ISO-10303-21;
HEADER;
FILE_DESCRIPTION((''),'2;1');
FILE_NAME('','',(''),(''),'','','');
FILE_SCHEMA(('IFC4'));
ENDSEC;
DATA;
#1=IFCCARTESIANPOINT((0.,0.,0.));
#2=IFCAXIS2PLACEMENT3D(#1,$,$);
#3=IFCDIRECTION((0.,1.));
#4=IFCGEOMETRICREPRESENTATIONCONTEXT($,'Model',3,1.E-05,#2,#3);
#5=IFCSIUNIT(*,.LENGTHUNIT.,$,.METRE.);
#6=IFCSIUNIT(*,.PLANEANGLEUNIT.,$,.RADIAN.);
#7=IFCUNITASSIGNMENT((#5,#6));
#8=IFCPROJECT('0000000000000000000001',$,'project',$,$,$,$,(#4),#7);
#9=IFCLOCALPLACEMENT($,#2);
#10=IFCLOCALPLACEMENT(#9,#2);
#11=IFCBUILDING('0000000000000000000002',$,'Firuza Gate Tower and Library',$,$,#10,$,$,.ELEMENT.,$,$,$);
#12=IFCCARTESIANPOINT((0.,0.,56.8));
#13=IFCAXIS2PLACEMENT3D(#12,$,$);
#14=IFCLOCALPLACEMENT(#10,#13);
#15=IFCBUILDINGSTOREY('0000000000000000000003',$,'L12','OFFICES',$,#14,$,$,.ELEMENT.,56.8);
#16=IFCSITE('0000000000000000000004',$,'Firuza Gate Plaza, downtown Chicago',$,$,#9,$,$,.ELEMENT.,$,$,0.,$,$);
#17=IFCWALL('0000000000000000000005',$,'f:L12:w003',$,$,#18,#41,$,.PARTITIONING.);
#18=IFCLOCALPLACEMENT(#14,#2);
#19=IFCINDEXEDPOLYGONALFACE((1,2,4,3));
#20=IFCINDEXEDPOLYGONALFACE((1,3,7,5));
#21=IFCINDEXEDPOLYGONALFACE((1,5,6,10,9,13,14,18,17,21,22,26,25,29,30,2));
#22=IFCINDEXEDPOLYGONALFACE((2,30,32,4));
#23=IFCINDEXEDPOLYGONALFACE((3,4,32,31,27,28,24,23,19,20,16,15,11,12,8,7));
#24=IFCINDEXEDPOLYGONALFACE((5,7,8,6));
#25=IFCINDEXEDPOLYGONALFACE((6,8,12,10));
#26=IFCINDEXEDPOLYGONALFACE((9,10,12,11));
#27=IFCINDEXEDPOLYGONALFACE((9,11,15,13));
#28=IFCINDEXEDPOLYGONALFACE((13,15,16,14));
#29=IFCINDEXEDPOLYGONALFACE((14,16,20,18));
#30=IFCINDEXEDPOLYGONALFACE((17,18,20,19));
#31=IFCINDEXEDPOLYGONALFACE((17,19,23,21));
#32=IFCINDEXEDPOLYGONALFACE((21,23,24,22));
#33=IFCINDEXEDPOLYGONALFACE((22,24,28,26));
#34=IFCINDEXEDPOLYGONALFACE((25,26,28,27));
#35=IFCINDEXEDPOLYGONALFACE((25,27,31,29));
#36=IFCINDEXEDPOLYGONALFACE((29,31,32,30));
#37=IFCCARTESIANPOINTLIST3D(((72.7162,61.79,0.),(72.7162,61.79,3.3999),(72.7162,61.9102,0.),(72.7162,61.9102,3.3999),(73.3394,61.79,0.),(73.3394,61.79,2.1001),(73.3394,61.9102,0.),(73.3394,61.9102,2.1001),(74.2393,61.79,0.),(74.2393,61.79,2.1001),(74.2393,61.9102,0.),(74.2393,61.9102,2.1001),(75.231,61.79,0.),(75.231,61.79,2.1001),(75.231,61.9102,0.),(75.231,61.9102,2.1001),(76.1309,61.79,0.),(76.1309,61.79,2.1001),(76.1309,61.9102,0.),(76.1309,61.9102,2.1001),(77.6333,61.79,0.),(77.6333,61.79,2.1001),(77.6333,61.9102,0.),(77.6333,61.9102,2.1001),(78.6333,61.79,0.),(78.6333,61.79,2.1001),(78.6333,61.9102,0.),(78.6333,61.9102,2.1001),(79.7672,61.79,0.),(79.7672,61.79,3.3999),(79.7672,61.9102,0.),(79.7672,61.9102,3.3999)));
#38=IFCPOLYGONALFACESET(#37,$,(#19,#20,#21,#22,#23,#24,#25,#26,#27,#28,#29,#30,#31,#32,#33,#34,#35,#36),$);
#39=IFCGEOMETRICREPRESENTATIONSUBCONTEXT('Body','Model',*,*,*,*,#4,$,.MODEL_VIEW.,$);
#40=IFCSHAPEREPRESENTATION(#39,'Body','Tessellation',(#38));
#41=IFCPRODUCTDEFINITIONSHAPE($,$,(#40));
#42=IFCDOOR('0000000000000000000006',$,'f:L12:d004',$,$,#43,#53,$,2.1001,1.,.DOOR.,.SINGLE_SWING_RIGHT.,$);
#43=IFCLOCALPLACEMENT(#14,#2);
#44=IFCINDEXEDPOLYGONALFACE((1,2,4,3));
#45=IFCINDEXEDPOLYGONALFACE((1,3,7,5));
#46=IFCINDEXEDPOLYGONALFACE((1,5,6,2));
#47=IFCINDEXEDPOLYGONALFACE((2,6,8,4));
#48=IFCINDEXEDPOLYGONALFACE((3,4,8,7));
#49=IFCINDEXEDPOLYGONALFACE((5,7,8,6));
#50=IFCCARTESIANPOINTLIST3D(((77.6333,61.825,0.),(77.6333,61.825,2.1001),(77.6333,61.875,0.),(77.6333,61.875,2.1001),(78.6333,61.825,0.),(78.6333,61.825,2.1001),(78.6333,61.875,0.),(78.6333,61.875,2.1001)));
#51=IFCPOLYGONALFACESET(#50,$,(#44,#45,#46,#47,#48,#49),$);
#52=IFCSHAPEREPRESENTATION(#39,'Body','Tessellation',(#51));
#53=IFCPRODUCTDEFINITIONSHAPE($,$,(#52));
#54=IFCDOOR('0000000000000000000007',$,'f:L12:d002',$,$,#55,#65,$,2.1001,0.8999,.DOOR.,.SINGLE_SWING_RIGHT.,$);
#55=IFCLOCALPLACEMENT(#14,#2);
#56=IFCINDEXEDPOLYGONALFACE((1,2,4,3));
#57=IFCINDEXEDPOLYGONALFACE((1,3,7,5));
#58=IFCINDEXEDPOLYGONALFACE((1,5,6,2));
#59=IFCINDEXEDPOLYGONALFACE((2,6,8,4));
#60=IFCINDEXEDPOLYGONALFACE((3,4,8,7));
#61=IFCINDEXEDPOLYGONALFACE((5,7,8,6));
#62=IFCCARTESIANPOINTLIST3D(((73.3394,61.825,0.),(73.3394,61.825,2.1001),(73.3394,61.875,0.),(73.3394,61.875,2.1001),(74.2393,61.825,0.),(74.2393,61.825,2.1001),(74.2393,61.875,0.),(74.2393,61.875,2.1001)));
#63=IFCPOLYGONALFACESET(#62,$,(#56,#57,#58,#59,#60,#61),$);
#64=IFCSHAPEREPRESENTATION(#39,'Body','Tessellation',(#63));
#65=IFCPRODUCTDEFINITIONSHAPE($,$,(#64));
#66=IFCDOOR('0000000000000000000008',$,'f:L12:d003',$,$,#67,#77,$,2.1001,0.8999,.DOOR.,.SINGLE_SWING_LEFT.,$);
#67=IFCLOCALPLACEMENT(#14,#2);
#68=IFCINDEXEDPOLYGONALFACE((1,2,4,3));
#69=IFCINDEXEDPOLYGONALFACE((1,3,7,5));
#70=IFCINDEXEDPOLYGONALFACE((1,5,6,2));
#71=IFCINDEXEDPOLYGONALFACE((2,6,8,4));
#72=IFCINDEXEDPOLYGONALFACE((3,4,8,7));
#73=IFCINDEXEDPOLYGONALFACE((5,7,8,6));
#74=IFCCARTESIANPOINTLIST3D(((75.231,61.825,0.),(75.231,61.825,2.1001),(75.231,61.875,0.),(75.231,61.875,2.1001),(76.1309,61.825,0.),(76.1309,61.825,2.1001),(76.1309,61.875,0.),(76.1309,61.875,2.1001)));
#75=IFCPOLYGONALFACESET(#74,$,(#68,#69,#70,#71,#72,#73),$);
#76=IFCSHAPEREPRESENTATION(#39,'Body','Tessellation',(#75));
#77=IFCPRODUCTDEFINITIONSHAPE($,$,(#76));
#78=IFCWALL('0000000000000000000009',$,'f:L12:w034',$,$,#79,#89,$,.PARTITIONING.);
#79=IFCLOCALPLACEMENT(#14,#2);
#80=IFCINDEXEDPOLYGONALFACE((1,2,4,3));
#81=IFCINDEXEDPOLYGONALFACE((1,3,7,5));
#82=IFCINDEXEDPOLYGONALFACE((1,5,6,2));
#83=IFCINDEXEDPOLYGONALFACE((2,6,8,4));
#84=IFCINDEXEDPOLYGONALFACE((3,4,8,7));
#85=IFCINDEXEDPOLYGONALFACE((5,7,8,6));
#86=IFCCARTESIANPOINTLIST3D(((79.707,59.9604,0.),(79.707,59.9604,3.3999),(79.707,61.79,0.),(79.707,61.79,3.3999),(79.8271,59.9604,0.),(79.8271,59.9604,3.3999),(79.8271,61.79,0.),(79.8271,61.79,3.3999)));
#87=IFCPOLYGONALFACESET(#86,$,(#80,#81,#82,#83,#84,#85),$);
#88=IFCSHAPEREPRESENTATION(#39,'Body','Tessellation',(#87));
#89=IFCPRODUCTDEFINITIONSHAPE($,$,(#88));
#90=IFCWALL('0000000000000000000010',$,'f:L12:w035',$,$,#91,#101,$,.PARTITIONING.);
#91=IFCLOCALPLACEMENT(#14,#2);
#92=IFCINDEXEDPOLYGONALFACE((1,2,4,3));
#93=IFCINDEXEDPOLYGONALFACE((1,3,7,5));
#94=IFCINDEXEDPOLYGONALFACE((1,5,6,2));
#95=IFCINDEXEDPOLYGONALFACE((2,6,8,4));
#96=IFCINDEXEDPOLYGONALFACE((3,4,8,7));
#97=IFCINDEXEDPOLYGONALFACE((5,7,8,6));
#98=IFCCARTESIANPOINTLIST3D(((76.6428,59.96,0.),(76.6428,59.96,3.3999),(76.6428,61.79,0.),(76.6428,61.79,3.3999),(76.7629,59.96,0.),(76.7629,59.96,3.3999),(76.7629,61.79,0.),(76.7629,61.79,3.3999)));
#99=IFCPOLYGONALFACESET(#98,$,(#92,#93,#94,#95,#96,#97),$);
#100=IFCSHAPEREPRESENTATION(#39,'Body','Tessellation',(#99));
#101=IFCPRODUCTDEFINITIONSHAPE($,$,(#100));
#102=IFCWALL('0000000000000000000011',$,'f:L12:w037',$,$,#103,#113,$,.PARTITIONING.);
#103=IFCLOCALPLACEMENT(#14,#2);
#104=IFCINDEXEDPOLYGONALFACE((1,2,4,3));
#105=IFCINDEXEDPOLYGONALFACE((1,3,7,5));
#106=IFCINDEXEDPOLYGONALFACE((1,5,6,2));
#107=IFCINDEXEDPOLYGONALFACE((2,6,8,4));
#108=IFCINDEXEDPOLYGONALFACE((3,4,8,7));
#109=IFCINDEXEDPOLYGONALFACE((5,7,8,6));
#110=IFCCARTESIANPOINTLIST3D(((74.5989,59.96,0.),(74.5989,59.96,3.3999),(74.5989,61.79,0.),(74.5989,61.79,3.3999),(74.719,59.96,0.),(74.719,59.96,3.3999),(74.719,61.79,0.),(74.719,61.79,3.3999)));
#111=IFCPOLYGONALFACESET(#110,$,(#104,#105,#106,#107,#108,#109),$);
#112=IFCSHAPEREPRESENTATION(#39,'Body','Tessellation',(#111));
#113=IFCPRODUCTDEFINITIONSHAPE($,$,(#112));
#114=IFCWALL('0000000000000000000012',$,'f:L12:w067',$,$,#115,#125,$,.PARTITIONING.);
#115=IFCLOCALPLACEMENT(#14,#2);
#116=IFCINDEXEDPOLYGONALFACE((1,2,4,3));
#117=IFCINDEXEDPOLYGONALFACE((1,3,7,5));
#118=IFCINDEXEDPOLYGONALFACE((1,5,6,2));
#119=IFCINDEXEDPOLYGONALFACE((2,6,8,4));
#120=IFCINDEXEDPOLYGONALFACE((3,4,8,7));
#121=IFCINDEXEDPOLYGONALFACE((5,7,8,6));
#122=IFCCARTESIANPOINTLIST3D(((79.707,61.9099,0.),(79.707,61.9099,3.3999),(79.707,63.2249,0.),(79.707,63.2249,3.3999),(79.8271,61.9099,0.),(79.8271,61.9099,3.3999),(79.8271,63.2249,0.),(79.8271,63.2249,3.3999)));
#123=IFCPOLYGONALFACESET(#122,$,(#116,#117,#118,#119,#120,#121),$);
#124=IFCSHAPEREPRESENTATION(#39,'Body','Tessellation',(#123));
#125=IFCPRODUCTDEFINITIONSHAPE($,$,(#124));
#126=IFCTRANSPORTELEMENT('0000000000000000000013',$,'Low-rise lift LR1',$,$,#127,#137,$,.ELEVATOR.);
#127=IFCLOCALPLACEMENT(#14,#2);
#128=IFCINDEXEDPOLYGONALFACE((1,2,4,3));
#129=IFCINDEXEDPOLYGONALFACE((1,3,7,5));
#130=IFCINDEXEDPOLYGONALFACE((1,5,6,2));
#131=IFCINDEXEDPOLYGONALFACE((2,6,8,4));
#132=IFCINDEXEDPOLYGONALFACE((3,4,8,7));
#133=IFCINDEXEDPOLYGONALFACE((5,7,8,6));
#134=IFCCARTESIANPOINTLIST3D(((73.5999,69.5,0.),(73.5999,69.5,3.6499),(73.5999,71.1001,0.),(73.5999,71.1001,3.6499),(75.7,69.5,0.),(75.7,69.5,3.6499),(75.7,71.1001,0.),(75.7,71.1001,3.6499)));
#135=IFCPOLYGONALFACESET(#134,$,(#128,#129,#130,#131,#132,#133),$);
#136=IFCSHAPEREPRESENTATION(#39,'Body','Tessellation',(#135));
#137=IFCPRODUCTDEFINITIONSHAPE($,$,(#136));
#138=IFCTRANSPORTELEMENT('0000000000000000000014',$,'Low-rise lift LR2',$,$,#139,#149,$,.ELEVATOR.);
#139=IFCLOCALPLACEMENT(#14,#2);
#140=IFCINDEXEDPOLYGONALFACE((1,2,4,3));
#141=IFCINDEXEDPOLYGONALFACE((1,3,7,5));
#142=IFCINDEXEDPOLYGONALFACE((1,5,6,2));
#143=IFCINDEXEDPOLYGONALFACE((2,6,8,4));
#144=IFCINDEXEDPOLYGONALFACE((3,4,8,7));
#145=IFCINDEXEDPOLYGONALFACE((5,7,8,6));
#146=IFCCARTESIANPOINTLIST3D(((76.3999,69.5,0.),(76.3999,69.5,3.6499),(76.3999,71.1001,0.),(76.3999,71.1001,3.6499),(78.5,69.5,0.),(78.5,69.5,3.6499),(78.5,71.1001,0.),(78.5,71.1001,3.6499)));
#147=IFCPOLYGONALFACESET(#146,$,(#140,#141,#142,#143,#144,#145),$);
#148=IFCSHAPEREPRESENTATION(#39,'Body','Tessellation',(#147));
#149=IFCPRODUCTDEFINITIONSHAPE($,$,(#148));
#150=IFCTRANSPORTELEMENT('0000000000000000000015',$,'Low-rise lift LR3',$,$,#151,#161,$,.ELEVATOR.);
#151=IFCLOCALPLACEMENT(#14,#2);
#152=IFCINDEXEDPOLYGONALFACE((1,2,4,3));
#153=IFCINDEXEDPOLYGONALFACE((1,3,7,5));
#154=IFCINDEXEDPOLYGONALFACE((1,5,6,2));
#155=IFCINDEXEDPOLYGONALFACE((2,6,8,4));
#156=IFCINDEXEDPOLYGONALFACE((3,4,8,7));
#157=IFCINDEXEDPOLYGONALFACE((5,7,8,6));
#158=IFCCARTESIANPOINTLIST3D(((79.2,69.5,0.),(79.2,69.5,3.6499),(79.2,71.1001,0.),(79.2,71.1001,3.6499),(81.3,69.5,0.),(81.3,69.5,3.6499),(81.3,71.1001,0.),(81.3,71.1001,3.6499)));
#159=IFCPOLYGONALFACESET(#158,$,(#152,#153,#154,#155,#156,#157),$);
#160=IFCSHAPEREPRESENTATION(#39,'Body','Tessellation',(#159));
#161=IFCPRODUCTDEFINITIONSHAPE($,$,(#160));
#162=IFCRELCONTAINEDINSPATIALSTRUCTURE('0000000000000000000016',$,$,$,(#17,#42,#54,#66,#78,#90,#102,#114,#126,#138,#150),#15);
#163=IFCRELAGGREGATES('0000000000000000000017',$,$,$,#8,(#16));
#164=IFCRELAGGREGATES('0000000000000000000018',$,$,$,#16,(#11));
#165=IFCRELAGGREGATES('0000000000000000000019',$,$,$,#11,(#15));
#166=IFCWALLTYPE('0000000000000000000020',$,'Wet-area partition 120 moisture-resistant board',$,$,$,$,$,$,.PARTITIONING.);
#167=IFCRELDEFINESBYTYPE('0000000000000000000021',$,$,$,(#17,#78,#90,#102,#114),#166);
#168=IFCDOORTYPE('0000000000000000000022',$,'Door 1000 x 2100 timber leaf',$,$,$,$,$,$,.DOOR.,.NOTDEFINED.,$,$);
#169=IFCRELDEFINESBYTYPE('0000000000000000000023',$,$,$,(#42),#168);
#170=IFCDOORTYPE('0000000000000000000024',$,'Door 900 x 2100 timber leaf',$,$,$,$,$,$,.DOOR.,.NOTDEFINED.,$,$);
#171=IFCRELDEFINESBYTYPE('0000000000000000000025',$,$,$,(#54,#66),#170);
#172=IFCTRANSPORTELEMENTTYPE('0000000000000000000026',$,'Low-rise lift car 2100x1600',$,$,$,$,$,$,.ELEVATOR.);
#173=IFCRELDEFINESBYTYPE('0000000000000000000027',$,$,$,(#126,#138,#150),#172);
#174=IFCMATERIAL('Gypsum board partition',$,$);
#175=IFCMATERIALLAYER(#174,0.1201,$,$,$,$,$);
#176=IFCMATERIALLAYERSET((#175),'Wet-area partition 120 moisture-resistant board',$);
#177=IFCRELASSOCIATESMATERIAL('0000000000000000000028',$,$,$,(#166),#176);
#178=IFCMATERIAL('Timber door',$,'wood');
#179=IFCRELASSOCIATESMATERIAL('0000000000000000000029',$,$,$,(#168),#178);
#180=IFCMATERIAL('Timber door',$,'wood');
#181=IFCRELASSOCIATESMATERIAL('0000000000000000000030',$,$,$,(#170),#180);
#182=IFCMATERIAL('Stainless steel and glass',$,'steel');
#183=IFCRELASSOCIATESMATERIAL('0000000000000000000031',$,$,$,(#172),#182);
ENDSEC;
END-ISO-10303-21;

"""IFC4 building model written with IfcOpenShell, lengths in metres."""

from ifc_helpers import new_model, si_unit, direction, frame, frame_2d, origin, origin_2d, place, context, subcontext, project, spatial, rectangle, extrude, material, layer, layer_set, type_object, element, fill, save


model = new_model("IFC4")

# Units and contexts
model_context = context("Model", 3, precision=1e-05, world=origin(), true_north=direction((0.0, 1.0)))
body_context = subcontext(model_context, "Body", "Model", "MODEL_VIEW")
ifc_project = project(units=[si_unit("LENGTHUNIT", "METRE"), si_unit("PLANEANGLEUNIT", "RADIAN")], contexts=[model_context])

# Site, building, storey
site_placement = place(None, origin())
site = spatial("IfcSite", under=ifc_project, at=site_placement, Name="Firuza Gate Plaza, downtown Chicago", CompositionType="ELEMENT", RefElevation=0.0)
building_placement = place(site_placement, origin())
building = spatial("IfcBuilding", under=site, at=building_placement, Name="Firuza Gate Tower and Library", CompositionType="ELEMENT")
storey_placement = place(building_placement, frame((0.0, 0.0, 56.8)))
storey = spatial("IfcBuildingStorey", under=building, at=storey_placement, Name="L12", Description="OFFICES", CompositionType="ELEMENT", Elevation=56.8)

# Shared definitions
ifc_material_1 = material(Name="Gypsum board partition")
ifc_layer_1 = layer(ifc_material_1, 0.1201)
ifc_layer_set_1 = layer_set([ifc_layer_1], Name="Wet-area partition 120 moisture-resistant board")
wall_type_1 = type_object("IfcWallType", Name="Wet-area partition 120 moisture-resistant board", PredefinedType="PARTITIONING", material=ifc_layer_set_1)

# Wall, openings, doors
wall_1_placement = place(storey_placement, frame((72.7163, 61.8501, 0.0), z_axis=(0.0, 0.0, 1.0), x_axis=(1.0, 0.0, 0.0)))
wall_1 = element("IfcWall", 1, at=wall_1_placement, inside=storey, type_object=wall_type_1, Name="f:L12:w003", PredefinedType="PARTITIONING", context=body_context, shape_type="SweptSolid", body=[
    extrude(rectangle(XDim=7.051, YDim=0.1201, at=frame_2d((3.5254, 0.0))), origin(), (0.0, 0.0, 1.0), 3.3999),
])
opening_1_placement = place(wall_1_placement, frame((0.623, 0.0, 0.0)))
opening_1 = element("IfcOpeningElement", 2, at=opening_1_placement, cuts=wall_1, PredefinedType="OPENING", context=body_context, shape_type="SweptSolid", body=[
    extrude(rectangle(XDim=0.8999, YDim=2.1001, at=frame_2d((0.45, 1.05))), frame((0.0, 0.0701, 0.0), z_axis=(0.0, -1.0, 0.0), x_axis=(1.0, 0.0, 0.0)), (0.0, 0.0, 1.0), 0.1401),
])
opening_2_placement = place(wall_1_placement, frame((2.5146, 0.0, 0.0)))
opening_2 = element("IfcOpeningElement", 3, at=opening_2_placement, cuts=wall_1, PredefinedType="OPENING", context=body_context, shape_type="SweptSolid", body=[
    extrude(rectangle(XDim=0.8999, YDim=2.1001, at=frame_2d((0.45, 1.05))), frame((0.0, 0.0701, 0.0), z_axis=(0.0, -1.0, 0.0), x_axis=(1.0, 0.0, 0.0)), (0.0, 0.0, 1.0), 0.1401),
])
opening_3_placement = place(wall_1_placement, frame((4.917, 0.0, 0.0)))
opening_3 = element("IfcOpeningElement", 4, at=opening_3_placement, cuts=wall_1, PredefinedType="OPENING", context=body_context, shape_type="SweptSolid", body=[
    extrude(rectangle(XDim=1.0, YDim=2.1001, at=frame_2d((0.5, 1.05))), frame((0.0, 0.0701, 0.0), z_axis=(0.0, -1.0, 0.0), x_axis=(1.0, 0.0, 0.0)), (0.0, 0.0, 1.0), 0.1401),
])
ifc_material_2 = material(Name="Timber door", Category="wood")
door_type_1 = type_object("IfcDoorType", Name="Door 1000 x 2100 timber leaf", OperationType="NOTDEFINED", PredefinedType="DOOR", material=ifc_material_2)
door_1_placement = place(opening_3_placement, origin())
door_1 = element("IfcDoor", 5, at=door_1_placement, inside=storey, type_object=door_type_1, Name="f:L12:d004", OperationType="SINGLE_SWING_RIGHT", OverallHeight=2.1001, OverallWidth=1.0, PredefinedType="DOOR", context=body_context, shape_type="SweptSolid", body=[
    extrude(rectangle(XDim=1.0, YDim=2.1001, at=frame_2d((0.5, 1.05))), frame((0.0, 0.0249, 0.0), z_axis=(0.0, -1.0, 0.0), x_axis=(1.0, 0.0, 0.0)), (0.0, 0.0, 1.0), 0.05),
])
fill(opening_3, door_1)
ifc_material_3 = material(Name="Timber door", Category="wood")
door_type_2 = type_object("IfcDoorType", Name="Door 900 x 2100 timber leaf", OperationType="NOTDEFINED", PredefinedType="DOOR", material=ifc_material_3)
door_2_placement = place(opening_1_placement, origin())
door_2 = element("IfcDoor", 6, at=door_2_placement, inside=storey, type_object=door_type_2, Name="f:L12:d002", OperationType="SINGLE_SWING_RIGHT", OverallHeight=2.1001, OverallWidth=0.8999, PredefinedType="DOOR", context=body_context, shape_type="SweptSolid", body=[
    extrude(rectangle(XDim=0.8999, YDim=2.1001, at=frame_2d((0.45, 1.05))), frame((0.0, 0.0249, 0.0), z_axis=(0.0, -1.0, 0.0), x_axis=(1.0, 0.0, 0.0)), (0.0, 0.0, 1.0), 0.05),
])
fill(opening_1, door_2)
door_3_placement = place(opening_2_placement, origin())
door_3 = element("IfcDoor", 7, at=door_3_placement, inside=storey, type_object=door_type_2, Name="f:L12:d003", OperationType="SINGLE_SWING_LEFT", OverallHeight=2.1001, OverallWidth=0.8999, PredefinedType="DOOR", context=body_context, shape_type="SweptSolid", body=[
    extrude(rectangle(XDim=0.8999, YDim=2.1001, at=frame_2d((0.45, 1.05))), frame((0.0, 0.0249, 0.0), z_axis=(0.0, -1.0, 0.0), x_axis=(1.0, 0.0, 0.0)), (0.0, 0.0, 1.0), 0.05),
])
fill(opening_2, door_3)

# Walls
wall_2_placement = place(storey_placement, frame((79.7671, 59.9604, 0.0), z_axis=(0.0, 0.0, 1.0), x_axis=(0.0, 1.0, 0.0)))
element("IfcWall", 8, at=wall_2_placement, inside=storey, type_object=wall_type_1, Name="f:L12:w034", PredefinedType="PARTITIONING", context=body_context, shape_type="SweptSolid", body=[
    extrude(rectangle(XDim=1.8296, YDim=0.1201, at=frame_2d((0.9148, 0.0))), origin(), (0.0, 0.0, 1.0), 3.3999),
])
for number, where, z_axis, x_axis, name in (
    (9, (76.7029, 59.96, 0.0), (0.0, 0.0, 1.0), (0.0, 1.0, 0.0), "f:L12:w035"),
    (10, (74.6589, 59.96, 0.0), (0.0, 0.0, 1.0), (0.0, 1.0, 0.0), "f:L12:w037"),
):
    element("IfcWall", number, at=place(storey_placement, frame(where, z_axis=z_axis, x_axis=x_axis)), inside=storey, type_object=wall_type_1, Name=name, PredefinedType="PARTITIONING", context=body_context, shape_type="SweptSolid", body=[
        extrude(rectangle(XDim=1.8301, YDim=0.1201, at=frame_2d((0.915, 0.0))), origin(), (0.0, 0.0, 1.0), 3.3999),
    ])
wall_3_placement = place(storey_placement, frame((79.7671, 61.9099, 0.0), z_axis=(0.0, 0.0, 1.0), x_axis=(0.0, 1.0, 0.0)))
element("IfcWall", 11, at=wall_3_placement, inside=storey, type_object=wall_type_1, Name="f:L12:w067", PredefinedType="PARTITIONING", context=body_context, shape_type="SweptSolid", body=[
    extrude(rectangle(XDim=1.3149, YDim=0.1201, at=frame_2d((0.6575, 0.0))), origin(), (0.0, 0.0, 1.0), 3.3999),
])

# Transport elements
ifc_material_4 = material(Name="Stainless steel and glass", Category="steel")
transport_element_type = type_object("IfcTransportElementType", Name="Low-rise lift car 2100x1600", PredefinedType="ELEVATOR", material=ifc_material_4)
for number, where, z_axis, x_axis, name in (
    (12, (74.6499, 70.3, 0.0), (0.0, 0.0, 1.0), (1.0, 0.0, 0.0), "Low-rise lift LR1"),
    (13, (77.45, 70.3, 0.0), (0.0, 0.0, 1.0), (1.0, 0.0, 0.0), "Low-rise lift LR2"),
    (14, (80.25, 70.3, 0.0), (0.0, 0.0, 1.0), (1.0, 0.0, 0.0), "Low-rise lift LR3"),
):
    element("IfcTransportElement", number, at=place(storey_placement, frame(where, z_axis=z_axis, x_axis=x_axis)), inside=storey, type_object=transport_element_type, Name=name, PredefinedType="ELEVATOR", context=body_context, shape_type="SweptSolid", body=[
        extrude(rectangle(XDim=2.1001, YDim=1.6001, at=origin_2d()), origin(), (0.0, 0.0, 1.0), 3.6499),
    ])

save(model, "model.ifc")
